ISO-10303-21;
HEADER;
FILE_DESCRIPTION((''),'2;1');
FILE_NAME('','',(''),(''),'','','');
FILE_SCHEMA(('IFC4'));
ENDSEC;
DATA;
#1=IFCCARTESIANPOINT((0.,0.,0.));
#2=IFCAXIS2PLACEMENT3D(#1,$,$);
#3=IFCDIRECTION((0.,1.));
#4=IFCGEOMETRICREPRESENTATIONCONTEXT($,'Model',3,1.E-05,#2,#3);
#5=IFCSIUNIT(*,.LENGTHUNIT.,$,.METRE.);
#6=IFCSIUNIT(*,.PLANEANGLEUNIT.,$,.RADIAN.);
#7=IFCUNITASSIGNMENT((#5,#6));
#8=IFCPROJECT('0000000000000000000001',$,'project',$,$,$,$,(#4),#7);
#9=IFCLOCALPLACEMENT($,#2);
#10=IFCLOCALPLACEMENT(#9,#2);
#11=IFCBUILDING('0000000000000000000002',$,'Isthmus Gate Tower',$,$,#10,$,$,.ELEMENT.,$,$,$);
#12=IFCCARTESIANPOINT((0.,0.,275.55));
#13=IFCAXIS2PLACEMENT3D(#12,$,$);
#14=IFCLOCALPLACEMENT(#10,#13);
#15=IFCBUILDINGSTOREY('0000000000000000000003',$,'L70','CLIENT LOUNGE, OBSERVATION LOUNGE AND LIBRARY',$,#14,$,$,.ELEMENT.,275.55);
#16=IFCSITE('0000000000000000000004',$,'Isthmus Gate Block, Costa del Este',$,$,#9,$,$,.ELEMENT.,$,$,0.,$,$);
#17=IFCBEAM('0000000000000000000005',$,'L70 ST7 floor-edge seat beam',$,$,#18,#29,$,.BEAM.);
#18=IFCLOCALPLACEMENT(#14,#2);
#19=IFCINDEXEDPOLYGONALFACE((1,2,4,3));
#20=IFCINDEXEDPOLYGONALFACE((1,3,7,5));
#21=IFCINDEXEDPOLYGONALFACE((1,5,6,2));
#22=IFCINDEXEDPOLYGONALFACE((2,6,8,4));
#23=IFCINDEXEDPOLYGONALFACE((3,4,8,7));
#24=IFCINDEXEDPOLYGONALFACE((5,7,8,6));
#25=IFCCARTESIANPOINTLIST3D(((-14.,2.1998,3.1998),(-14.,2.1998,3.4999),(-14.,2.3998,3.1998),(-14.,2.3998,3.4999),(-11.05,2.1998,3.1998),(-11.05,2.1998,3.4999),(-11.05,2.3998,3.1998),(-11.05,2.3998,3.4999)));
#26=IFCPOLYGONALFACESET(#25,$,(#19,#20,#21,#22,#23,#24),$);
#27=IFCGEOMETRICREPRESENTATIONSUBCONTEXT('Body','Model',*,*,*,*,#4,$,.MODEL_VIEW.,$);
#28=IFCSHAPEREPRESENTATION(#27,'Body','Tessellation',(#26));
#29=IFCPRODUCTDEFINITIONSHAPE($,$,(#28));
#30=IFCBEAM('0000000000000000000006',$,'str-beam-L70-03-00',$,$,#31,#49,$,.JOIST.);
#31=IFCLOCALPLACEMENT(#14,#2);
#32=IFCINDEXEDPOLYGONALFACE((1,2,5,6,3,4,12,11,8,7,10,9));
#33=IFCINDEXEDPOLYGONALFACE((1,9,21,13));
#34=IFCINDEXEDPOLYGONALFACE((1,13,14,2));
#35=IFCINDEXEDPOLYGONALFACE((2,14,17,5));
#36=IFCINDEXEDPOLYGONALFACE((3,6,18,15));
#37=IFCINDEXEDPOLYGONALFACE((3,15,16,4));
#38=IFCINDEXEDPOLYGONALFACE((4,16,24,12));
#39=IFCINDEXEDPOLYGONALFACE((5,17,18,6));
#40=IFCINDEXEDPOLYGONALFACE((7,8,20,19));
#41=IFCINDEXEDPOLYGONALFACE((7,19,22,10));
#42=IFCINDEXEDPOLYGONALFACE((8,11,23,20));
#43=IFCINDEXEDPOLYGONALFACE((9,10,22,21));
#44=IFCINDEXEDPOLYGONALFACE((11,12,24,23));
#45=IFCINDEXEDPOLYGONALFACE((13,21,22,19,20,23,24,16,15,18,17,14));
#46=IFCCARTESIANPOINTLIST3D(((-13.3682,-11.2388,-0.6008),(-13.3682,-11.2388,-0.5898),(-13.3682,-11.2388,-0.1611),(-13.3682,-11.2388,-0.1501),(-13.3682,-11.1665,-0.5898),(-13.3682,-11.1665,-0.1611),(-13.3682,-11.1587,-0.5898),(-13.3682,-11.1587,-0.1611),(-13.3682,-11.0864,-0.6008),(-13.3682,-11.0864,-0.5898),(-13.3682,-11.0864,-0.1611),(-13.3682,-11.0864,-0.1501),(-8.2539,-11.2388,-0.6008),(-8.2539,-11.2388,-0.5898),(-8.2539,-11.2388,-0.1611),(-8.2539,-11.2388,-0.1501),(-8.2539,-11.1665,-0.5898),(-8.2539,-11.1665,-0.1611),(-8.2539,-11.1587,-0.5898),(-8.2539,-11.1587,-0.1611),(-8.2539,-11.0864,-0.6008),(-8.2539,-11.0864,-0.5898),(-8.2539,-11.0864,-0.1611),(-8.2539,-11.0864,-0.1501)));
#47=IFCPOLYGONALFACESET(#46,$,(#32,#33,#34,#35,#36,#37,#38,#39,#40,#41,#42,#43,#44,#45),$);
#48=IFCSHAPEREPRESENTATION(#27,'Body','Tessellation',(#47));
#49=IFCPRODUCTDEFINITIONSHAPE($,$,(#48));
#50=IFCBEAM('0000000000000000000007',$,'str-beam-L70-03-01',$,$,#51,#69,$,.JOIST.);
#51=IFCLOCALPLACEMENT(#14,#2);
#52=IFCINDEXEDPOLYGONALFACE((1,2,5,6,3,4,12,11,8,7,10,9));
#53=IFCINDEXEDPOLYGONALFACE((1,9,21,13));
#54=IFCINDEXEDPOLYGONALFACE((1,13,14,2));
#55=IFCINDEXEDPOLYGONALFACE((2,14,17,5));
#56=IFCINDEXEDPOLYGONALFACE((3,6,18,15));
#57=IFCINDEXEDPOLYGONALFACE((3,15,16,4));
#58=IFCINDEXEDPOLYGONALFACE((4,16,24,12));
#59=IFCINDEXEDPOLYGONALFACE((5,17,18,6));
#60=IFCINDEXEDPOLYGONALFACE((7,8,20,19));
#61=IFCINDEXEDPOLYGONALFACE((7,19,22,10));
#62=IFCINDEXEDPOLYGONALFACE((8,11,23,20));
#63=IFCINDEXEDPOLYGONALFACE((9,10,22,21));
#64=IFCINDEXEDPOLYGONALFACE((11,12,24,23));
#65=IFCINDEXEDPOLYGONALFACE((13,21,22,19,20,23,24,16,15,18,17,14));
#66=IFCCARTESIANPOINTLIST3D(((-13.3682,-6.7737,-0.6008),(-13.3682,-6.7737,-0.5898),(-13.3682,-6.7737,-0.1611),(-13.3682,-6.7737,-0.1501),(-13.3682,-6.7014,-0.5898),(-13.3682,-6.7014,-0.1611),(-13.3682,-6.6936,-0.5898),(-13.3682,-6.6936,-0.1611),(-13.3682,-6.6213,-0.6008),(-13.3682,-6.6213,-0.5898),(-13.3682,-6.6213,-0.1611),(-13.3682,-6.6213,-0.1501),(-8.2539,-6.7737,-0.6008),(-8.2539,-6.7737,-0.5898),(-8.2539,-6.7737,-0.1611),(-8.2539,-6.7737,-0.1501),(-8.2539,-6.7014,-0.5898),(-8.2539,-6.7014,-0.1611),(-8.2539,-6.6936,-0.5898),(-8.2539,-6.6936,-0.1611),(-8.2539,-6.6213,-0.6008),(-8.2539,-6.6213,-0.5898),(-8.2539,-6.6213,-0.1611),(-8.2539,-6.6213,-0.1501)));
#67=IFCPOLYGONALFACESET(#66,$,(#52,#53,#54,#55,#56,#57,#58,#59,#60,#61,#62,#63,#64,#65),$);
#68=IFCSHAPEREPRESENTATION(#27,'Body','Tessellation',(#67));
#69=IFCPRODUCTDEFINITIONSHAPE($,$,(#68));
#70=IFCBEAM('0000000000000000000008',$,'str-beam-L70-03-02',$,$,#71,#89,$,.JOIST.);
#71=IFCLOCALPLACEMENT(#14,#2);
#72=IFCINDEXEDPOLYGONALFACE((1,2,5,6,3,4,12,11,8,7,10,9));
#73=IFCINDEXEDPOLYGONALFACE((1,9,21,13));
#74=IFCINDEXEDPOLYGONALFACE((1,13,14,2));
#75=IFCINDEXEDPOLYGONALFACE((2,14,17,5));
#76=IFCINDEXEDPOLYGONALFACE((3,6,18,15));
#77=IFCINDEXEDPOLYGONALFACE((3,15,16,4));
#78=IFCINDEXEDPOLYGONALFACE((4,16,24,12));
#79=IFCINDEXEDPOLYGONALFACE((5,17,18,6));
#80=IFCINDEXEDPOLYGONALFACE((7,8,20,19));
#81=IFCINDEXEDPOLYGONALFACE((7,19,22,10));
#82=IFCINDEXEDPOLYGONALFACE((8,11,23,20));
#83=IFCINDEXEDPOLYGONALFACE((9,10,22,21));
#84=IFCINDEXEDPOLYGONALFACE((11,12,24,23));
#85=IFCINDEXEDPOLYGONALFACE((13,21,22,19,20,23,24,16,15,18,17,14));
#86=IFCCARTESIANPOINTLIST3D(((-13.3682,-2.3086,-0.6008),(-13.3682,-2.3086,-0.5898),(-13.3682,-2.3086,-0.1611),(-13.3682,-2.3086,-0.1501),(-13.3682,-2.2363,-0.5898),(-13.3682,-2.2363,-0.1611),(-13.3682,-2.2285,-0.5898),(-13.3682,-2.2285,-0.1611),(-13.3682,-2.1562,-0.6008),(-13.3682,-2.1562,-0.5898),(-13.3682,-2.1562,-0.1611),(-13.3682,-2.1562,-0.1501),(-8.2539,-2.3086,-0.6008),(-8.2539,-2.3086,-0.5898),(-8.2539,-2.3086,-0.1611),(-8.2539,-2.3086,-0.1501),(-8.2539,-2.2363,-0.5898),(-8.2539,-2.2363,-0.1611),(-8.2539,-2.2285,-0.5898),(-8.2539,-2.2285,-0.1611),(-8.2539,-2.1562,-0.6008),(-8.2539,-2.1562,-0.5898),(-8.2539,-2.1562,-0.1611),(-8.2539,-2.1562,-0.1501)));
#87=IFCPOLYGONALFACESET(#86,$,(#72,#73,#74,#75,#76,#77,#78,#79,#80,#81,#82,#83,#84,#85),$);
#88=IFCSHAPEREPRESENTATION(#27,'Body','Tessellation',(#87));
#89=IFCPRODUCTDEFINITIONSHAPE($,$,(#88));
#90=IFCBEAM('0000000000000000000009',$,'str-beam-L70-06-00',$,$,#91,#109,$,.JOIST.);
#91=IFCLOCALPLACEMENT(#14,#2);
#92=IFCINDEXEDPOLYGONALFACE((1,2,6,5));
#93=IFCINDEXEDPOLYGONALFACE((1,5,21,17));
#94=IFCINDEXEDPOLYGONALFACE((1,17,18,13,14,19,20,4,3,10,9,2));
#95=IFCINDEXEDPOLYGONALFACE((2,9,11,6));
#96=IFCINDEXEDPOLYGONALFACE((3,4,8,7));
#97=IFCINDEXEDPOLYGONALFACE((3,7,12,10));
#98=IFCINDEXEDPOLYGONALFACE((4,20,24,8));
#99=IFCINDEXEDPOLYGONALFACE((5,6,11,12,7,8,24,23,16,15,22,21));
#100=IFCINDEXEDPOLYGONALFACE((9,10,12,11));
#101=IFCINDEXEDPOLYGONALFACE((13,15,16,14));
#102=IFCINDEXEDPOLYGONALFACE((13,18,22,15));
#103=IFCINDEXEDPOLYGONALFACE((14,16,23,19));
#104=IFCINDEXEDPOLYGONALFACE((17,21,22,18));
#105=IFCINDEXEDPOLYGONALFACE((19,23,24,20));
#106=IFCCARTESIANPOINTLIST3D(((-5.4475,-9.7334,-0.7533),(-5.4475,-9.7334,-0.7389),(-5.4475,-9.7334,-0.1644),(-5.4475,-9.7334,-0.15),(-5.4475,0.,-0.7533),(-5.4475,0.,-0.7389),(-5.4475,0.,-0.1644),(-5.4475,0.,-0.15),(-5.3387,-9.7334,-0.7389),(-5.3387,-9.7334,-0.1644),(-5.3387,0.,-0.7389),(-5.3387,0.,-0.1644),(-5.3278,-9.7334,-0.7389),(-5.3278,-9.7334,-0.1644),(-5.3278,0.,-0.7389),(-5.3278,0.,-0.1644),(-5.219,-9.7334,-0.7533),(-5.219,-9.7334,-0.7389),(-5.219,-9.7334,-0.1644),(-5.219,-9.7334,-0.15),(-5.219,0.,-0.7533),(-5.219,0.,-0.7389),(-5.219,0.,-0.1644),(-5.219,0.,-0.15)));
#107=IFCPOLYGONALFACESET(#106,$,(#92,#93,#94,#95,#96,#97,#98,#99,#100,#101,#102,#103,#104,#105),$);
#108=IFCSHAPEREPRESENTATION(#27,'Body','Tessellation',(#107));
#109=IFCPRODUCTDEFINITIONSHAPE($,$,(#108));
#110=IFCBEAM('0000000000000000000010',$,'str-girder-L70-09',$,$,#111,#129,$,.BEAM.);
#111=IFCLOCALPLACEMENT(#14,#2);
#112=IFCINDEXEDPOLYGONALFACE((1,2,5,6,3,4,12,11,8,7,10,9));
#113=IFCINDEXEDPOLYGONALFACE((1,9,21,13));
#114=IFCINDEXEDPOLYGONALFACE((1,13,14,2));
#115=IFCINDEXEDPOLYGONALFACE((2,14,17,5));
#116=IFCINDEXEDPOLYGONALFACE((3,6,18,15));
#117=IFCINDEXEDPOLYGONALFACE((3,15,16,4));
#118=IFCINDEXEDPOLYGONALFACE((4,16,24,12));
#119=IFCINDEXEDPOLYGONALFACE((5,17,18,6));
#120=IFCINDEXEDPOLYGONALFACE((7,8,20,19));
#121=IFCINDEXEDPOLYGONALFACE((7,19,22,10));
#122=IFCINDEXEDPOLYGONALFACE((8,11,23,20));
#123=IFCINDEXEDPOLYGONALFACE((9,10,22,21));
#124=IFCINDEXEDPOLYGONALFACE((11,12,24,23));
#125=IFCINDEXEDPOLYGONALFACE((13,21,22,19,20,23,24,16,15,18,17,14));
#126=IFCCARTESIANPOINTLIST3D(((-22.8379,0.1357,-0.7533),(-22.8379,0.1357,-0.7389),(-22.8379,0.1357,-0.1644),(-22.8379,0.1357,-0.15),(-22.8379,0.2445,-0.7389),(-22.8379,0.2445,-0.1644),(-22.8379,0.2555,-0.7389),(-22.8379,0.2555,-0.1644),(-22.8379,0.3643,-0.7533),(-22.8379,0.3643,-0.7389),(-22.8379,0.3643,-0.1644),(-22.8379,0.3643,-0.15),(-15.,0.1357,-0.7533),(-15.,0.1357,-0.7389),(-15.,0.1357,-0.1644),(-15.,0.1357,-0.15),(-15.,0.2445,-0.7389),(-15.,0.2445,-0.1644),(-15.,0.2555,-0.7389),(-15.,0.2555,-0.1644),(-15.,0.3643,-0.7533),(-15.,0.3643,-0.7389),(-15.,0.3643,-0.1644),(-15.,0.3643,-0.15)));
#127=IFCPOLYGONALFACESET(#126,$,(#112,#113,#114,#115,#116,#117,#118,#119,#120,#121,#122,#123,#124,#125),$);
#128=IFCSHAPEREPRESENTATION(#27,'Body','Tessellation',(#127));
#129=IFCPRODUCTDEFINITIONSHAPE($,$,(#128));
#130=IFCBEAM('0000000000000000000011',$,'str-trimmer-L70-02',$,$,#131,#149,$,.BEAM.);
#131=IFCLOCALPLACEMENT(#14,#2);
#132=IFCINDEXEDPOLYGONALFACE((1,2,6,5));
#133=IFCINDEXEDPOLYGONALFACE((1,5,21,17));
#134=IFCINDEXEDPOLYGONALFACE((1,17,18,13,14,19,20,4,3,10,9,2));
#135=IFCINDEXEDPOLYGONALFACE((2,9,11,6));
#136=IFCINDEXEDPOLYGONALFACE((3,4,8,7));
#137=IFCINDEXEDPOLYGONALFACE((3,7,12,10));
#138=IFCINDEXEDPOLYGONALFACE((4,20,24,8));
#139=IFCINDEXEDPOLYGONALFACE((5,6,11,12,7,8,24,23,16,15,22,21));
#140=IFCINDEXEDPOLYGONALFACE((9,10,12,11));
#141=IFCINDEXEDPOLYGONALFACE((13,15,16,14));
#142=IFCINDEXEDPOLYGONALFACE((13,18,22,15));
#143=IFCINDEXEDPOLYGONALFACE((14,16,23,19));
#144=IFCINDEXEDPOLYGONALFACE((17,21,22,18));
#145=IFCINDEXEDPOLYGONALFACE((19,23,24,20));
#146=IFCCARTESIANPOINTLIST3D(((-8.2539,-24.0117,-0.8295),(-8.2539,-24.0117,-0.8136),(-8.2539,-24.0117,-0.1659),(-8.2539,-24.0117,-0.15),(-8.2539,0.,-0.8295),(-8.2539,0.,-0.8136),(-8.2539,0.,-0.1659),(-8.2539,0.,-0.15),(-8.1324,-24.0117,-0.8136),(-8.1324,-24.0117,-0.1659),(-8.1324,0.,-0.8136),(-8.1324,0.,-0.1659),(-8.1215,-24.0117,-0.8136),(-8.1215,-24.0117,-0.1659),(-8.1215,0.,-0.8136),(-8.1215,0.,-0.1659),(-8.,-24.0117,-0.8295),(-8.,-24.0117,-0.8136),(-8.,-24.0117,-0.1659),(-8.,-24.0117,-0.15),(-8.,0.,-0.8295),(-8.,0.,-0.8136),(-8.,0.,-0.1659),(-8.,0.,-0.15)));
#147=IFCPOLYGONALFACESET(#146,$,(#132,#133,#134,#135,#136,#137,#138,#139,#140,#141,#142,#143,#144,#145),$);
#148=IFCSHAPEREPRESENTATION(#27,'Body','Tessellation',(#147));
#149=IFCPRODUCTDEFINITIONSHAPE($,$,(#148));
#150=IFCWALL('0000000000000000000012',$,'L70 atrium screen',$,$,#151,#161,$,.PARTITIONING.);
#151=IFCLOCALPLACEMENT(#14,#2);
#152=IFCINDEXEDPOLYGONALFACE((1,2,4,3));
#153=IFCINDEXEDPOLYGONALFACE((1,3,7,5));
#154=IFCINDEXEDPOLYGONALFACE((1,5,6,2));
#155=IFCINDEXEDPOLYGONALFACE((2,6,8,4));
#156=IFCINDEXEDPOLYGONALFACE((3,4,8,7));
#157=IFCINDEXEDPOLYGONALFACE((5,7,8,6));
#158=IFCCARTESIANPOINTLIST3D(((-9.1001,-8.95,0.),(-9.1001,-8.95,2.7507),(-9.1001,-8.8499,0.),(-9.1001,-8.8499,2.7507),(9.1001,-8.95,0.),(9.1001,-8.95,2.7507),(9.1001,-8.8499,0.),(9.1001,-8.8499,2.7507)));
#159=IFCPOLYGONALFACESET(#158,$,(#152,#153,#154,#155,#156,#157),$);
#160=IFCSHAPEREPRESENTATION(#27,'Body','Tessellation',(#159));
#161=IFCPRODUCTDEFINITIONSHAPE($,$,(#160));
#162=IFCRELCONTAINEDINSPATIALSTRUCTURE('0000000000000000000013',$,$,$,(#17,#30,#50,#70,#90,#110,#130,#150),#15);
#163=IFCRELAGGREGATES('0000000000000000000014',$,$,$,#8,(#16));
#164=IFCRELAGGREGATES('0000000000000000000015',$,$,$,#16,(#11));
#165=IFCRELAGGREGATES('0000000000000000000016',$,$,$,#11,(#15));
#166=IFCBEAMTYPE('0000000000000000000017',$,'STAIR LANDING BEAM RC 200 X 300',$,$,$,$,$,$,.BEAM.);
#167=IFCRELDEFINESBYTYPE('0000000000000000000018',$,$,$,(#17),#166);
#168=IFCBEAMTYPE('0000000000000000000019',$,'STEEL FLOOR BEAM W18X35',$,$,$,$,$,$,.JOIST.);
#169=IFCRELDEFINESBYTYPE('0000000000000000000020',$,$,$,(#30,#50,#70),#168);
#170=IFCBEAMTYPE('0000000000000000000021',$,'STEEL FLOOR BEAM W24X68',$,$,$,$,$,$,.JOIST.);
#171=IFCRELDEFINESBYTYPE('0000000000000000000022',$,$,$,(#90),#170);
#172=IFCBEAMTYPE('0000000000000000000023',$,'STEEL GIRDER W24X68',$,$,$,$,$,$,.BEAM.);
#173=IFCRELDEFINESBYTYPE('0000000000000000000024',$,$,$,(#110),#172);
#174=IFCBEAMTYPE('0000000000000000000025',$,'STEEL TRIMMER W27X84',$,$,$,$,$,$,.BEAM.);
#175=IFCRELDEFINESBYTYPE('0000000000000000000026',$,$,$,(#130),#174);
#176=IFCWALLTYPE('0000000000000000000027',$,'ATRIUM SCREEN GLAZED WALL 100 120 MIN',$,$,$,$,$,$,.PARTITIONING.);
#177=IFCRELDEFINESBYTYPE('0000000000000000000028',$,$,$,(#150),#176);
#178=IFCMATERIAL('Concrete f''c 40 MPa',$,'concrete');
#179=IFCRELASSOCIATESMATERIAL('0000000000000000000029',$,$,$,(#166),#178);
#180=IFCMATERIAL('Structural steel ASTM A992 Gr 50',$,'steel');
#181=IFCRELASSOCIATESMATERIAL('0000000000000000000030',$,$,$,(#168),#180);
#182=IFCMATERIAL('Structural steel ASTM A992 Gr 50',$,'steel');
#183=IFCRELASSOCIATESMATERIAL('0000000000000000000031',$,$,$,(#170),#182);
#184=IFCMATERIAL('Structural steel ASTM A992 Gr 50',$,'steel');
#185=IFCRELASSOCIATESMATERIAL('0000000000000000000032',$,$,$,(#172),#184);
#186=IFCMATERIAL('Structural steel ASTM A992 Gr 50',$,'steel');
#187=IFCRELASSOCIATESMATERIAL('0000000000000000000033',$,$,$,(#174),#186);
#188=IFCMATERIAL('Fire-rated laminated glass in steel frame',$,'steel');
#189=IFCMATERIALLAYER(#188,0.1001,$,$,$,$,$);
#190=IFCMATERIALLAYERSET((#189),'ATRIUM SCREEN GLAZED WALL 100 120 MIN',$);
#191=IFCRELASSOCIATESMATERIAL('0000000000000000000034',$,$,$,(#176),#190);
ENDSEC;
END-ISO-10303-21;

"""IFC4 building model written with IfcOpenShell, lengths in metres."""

from ifc_helpers import new_model, si_unit, direction, frame, frame_2d, origin, origin_2d, place, context, subcontext, project, spatial, rectangle, i_section, extrude, material, layer, layer_set, material_profile, profile_set, type_object, element, save


model = new_model("IFC4")

# Units and contexts
model_context = context("Model", 3, precision=1e-05, world=origin(), true_north=direction((0.0, 1.0)))
body_context = subcontext(model_context, "Body", "Model", "MODEL_VIEW")
ifc_project = project(units=[si_unit("LENGTHUNIT", "METRE"), si_unit("PLANEANGLEUNIT", "RADIAN")], contexts=[model_context])

# Site, building, storey
site_placement = place(None, origin())
site = spatial("IfcSite", under=ifc_project, at=site_placement, Name="Isthmus Gate Block, Costa del Este", CompositionType="ELEMENT", RefElevation=0.0)
building_placement = place(site_placement, origin())
building = spatial("IfcBuilding", under=site, at=building_placement, Name="Isthmus Gate Tower", CompositionType="ELEMENT")
storey_placement = place(building_placement, frame((0.0, 0.0, 275.55)))
storey = spatial("IfcBuildingStorey", under=building, at=storey_placement, Name="L70", Description="CLIENT LOUNGE, OBSERVATION LOUNGE AND LIBRARY", CompositionType="ELEMENT", Elevation=275.55)

# Beams
ifc_material_1 = material(Name="Concrete f'c 40 MPa", Category="concrete")
ifc_material_profile_1 = material_profile(ifc_material_1, rectangle(XDim=0.2, YDim=0.3, at=origin_2d()), Name="STAIR LANDING BEAM RC 200 X 300")
ifc_profile_set_1 = profile_set([ifc_material_profile_1], Name="Concrete f'c 40 MPa")
beam_type_1 = type_object("IfcBeamType", Name="STAIR LANDING BEAM RC 200 X 300", PredefinedType="BEAM", material=ifc_profile_set_1)
beam_1_placement = place(storey_placement, frame((-14.0, 2.2998, 3.3499), z_axis=(1.0, 0.0, 0.0), x_axis=(0.0, 1.0, 0.0)))
element("IfcBeam", 1, at=beam_1_placement, inside=storey, type_object=beam_type_1, Name="L70 ST7 floor-edge seat beam", PredefinedType="BEAM", context=body_context, shape_type="SweptSolid", body=[
    extrude(rectangle(XDim=0.2, YDim=0.3, at=origin_2d()), origin(), (0.0, 0.0, 1.0), 2.95),
])
ifc_material_2 = material(Name="Structural steel ASTM A992 Gr 50", Category="steel")
ifc_material_profile_2 = material_profile(ifc_material_2, i_section(OverallWidth=0.1523, OverallDepth=0.4507, WebThickness=0.0078, FlangeThickness=0.011, at=origin_2d()), Name="W18X35")
ifc_profile_set_2 = profile_set([ifc_material_profile_2], Name="Structural steel ASTM A992 Gr 50")
beam_type_2 = type_object("IfcBeamType", Name="STEEL FLOOR BEAM W18X35", PredefinedType="JOIST", material=ifc_profile_set_2)
for number, where, z_axis, x_axis, name in (
    (2, (-13.3682, -11.1626, -0.3755), (1.0, 0.0, 0.0), (0.0, 1.0, 0.0), "str-beam-L70-03-00"),
    (3, (-13.3682, -6.6975, -0.3755), (1.0, 0.0, 0.0), (0.0, 1.0, 0.0), "str-beam-L70-03-01"),
    (4, (-13.3682, -2.2324, -0.3755), (1.0, 0.0, 0.0), (0.0, 1.0, 0.0), "str-beam-L70-03-02"),
):
    element("IfcBeam", number, at=place(storey_placement, frame(where, z_axis=z_axis, x_axis=x_axis)), inside=storey, type_object=beam_type_2, Name=name, PredefinedType="JOIST", context=body_context, shape_type="SweptSolid", body=[
        extrude(i_section(OverallWidth=0.1523, OverallDepth=0.4507, WebThickness=0.0078, FlangeThickness=0.011, at=origin_2d()), origin(), (0.0, 0.0, 1.0), 5.1143),
    ])
ifc_material_3 = material(Name="Structural steel ASTM A992 Gr 50", Category="steel")
ifc_material_profile_3 = material_profile(ifc_material_3, i_section(OverallWidth=0.2285, OverallDepth=0.6033, WebThickness=0.011, FlangeThickness=0.0144, at=origin_2d()), Name="W24X68")
ifc_profile_set_3 = profile_set([ifc_material_profile_3], Name="Structural steel ASTM A992 Gr 50")
beam_type_3 = type_object("IfcBeamType", Name="STEEL FLOOR BEAM W24X68", PredefinedType="JOIST", material=ifc_profile_set_3)
beam_2_placement = place(storey_placement, frame((-5.3333, -9.7334, -0.4517), z_axis=(0.0, 1.0, 0.0), x_axis=(-1.0, 0.0, 0.0)))
element("IfcBeam", 5, at=beam_2_placement, inside=storey, type_object=beam_type_3, Name="str-beam-L70-06-00", PredefinedType="JOIST", context=body_context, shape_type="SweptSolid", body=[
    extrude(i_section(OverallWidth=0.2285, OverallDepth=0.6033, WebThickness=0.011, FlangeThickness=0.0144, at=origin_2d()), origin(), (0.0, 0.0, 1.0), 9.7334),
])
ifc_material_4 = material(Name="Structural steel ASTM A992 Gr 50", Category="steel")
ifc_material_profile_4 = material_profile(ifc_material_4, i_section(OverallWidth=0.2285, OverallDepth=0.6033, WebThickness=0.011, FlangeThickness=0.0144, at=origin_2d()), Name="W24X68")
ifc_profile_set_4 = profile_set([ifc_material_profile_4], Name="Structural steel ASTM A992 Gr 50")
beam_type_4 = type_object("IfcBeamType", Name="STEEL GIRDER W24X68", PredefinedType="BEAM", material=ifc_profile_set_4)
beam_3_placement = place(storey_placement, frame((-15.0, 0.25, -0.4517), z_axis=(-1.0, 0.0, 0.0), x_axis=(0.0, -1.0, 0.0)))
element("IfcBeam", 6, at=beam_3_placement, inside=storey, type_object=beam_type_4, Name="str-girder-L70-09", PredefinedType="BEAM", context=body_context, shape_type="SweptSolid", body=[
    extrude(i_section(OverallWidth=0.2285, OverallDepth=0.6033, WebThickness=0.011, FlangeThickness=0.0144, at=origin_2d()), origin(), (0.0, 0.0, 1.0), 7.8379),
])
ifc_material_5 = material(Name="Structural steel ASTM A992 Gr 50", Category="steel")
ifc_material_profile_5 = material_profile(ifc_material_5, i_section(OverallWidth=0.2539, OverallDepth=0.6794, WebThickness=0.011, FlangeThickness=0.0159, at=origin_2d()), Name="W27X84")
ifc_profile_set_5 = profile_set([ifc_material_profile_5], Name="Structural steel ASTM A992 Gr 50")
beam_type_5 = type_object("IfcBeamType", Name="STEEL TRIMMER W27X84", PredefinedType="BEAM", material=ifc_profile_set_5)
beam_4_placement = place(storey_placement, frame((-8.127, 0.0, -0.4897), z_axis=(0.0, -1.0, 0.0), x_axis=(1.0, 0.0, 0.0)))
element("IfcBeam", 7, at=beam_4_placement, inside=storey, type_object=beam_type_5, Name="str-trimmer-L70-02", PredefinedType="BEAM", context=body_context, shape_type="SweptSolid", body=[
    extrude(i_section(OverallWidth=0.2539, OverallDepth=0.6794, WebThickness=0.011, FlangeThickness=0.0159, at=origin_2d()), origin(), (0.0, 0.0, 1.0), 24.0117),
])

# Wall
ifc_material_6 = material(Name="Fire-rated laminated glass in steel frame", Category="steel")
ifc_layer_1 = layer(ifc_material_6, 0.1001)
ifc_layer_set_1 = layer_set([ifc_layer_1], Name="ATRIUM SCREEN GLAZED WALL 100 120 MIN")
wall_type_1 = type_object("IfcWallType", Name="ATRIUM SCREEN GLAZED WALL 100 120 MIN", PredefinedType="PARTITIONING", material=ifc_layer_set_1)
wall_1_placement = place(storey_placement, frame((-9.1001, -8.8999, 0.0), z_axis=(0.0, 0.0, 1.0), x_axis=(1.0, 0.0, 0.0)))
element("IfcWall", 8, at=wall_1_placement, inside=storey, type_object=wall_type_1, Name="L70 atrium screen", PredefinedType="PARTITIONING", context=body_context, shape_type="SweptSolid", body=[
    extrude(rectangle(XDim=18.2002, YDim=0.1001, at=frame_2d((9.1001, 0.0))), origin(), (0.0, 0.0, 1.0), 2.7507),
])

save(model, "model.ifc")
